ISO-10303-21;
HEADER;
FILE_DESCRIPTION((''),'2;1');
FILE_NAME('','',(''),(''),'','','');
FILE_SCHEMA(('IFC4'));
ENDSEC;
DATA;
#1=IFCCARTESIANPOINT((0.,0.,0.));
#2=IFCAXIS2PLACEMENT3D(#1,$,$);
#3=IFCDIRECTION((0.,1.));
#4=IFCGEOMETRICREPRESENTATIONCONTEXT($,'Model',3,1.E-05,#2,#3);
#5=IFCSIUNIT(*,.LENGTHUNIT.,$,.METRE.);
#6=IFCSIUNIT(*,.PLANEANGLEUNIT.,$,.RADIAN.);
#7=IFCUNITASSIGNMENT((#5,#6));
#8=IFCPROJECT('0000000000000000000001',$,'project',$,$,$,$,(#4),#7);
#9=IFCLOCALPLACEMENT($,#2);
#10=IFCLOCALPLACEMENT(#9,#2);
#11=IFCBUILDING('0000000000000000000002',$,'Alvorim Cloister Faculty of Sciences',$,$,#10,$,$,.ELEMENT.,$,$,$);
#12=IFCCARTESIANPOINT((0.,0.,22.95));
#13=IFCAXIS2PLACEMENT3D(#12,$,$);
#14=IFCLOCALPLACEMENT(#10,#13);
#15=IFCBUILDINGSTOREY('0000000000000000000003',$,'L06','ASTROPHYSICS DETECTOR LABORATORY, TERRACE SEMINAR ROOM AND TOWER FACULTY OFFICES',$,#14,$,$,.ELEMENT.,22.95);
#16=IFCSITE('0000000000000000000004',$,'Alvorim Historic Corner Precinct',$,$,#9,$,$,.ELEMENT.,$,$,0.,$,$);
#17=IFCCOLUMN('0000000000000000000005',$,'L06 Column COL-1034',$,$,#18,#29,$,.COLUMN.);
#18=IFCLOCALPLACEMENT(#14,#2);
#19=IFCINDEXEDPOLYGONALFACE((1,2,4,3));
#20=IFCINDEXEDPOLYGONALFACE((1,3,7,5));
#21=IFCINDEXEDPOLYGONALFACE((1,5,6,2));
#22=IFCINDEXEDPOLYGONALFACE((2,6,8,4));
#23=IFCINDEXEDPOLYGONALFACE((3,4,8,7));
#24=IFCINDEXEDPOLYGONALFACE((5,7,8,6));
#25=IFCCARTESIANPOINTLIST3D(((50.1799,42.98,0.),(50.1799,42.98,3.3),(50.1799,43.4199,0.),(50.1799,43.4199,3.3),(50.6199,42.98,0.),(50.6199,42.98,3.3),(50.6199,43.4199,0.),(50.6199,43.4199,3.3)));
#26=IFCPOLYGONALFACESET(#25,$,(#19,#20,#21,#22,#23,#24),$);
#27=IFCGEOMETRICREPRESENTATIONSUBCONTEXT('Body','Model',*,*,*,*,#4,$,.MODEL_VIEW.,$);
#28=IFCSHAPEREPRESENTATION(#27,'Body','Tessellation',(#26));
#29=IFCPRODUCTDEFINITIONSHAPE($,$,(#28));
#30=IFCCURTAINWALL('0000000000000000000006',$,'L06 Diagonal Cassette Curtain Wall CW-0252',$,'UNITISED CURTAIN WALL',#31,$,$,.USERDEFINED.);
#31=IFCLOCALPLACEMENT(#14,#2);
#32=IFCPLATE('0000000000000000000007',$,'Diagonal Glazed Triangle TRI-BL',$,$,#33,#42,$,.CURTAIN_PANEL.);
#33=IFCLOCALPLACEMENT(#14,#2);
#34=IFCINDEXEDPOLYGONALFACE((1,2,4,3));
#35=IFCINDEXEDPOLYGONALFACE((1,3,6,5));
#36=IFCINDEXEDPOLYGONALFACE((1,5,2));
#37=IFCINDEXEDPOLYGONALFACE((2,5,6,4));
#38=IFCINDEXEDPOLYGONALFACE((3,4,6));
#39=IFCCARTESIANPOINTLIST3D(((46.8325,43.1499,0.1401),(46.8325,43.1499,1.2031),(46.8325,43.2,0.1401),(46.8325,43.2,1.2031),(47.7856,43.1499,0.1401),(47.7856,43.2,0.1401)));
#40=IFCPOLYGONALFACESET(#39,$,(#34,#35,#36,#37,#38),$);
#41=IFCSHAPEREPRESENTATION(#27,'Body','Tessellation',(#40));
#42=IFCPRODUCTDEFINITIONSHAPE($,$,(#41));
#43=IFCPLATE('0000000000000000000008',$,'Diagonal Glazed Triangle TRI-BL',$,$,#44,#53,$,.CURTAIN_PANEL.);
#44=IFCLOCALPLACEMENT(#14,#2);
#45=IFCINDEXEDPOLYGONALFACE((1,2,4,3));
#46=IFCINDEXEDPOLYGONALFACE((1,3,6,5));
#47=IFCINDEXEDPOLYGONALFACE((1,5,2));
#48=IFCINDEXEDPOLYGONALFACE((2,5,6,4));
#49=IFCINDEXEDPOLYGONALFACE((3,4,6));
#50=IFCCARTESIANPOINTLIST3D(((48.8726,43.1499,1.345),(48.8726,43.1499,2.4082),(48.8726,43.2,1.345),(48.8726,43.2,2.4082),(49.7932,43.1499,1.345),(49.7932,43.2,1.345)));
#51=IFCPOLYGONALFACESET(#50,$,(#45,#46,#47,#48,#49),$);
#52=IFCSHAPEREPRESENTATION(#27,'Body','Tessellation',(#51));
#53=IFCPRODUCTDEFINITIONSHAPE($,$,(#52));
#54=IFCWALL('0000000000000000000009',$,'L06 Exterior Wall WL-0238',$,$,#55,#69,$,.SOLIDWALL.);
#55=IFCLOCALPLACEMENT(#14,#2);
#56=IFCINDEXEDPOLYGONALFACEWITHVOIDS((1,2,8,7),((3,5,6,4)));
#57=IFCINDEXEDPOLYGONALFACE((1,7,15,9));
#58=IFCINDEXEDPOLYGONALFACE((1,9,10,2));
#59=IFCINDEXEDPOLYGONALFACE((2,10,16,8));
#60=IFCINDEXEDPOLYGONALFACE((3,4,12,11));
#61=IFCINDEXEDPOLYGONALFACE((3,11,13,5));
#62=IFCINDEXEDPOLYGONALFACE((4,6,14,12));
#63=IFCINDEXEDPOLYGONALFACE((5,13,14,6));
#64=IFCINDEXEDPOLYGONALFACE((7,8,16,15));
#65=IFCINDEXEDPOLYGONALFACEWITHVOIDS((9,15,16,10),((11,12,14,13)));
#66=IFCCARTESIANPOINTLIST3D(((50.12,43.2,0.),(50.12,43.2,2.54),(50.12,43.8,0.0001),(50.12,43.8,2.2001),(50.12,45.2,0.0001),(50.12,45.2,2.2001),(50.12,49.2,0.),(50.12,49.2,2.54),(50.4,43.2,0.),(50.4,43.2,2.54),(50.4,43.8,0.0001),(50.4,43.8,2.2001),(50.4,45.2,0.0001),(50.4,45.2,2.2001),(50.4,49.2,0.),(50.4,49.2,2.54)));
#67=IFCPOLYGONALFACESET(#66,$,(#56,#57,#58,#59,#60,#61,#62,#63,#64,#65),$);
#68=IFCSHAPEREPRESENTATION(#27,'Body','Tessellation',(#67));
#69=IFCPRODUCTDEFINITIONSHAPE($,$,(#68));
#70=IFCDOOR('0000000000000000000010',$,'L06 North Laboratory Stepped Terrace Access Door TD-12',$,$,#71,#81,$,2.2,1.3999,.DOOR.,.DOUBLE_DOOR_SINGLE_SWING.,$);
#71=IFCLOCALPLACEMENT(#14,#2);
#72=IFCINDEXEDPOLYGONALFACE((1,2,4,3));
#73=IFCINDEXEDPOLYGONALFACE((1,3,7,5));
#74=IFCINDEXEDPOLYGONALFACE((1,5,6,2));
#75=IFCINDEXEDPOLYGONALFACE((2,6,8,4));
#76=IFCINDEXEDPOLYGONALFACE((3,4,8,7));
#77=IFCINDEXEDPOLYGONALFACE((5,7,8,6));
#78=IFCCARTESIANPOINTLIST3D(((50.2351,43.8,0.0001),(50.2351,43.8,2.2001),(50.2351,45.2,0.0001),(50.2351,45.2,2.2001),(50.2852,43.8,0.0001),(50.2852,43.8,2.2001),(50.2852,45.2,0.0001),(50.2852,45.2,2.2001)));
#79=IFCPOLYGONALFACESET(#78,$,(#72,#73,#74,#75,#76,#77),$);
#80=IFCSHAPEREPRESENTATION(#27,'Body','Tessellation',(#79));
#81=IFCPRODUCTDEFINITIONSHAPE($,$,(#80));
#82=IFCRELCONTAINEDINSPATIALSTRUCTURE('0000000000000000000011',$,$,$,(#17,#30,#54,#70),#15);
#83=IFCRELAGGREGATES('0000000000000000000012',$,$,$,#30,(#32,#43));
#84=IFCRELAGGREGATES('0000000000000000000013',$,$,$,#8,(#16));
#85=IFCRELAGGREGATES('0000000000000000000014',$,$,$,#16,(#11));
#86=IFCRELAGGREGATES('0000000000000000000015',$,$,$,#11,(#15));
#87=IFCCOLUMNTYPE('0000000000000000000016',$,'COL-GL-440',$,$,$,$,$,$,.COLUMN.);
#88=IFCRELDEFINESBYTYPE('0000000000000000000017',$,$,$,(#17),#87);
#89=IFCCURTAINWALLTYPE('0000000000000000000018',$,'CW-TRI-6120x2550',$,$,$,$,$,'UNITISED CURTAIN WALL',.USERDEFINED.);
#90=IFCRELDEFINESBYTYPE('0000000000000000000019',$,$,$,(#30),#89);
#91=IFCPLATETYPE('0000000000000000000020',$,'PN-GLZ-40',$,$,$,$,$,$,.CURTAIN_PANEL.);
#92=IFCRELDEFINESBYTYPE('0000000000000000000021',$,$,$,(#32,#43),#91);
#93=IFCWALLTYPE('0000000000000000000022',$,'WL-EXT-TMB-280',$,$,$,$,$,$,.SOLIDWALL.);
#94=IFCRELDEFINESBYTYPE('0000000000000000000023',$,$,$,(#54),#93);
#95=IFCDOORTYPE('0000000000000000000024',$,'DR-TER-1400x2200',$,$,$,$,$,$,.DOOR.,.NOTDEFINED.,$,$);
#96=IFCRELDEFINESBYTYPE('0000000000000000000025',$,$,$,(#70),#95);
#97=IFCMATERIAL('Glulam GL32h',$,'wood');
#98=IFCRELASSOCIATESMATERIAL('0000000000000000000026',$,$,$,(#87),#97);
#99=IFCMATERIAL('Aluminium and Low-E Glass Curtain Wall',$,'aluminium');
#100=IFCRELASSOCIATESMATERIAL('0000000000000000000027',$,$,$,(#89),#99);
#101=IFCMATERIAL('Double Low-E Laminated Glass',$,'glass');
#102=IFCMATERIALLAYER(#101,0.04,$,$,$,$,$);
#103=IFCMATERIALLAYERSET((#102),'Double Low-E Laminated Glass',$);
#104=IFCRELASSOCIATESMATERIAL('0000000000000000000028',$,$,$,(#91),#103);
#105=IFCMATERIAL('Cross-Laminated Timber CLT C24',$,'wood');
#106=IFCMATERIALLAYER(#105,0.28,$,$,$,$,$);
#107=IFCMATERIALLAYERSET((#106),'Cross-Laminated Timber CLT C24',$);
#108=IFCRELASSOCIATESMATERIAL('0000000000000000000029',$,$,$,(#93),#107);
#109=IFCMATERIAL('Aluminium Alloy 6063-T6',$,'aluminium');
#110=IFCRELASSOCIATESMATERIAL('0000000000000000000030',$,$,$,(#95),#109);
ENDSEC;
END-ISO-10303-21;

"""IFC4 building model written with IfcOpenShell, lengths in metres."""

from ifc_helpers import new_model, si_unit, direction, frame, frame_2d, origin, origin_2d, place, context, subcontext, project, spatial, polyline, rectangle, outline, extrude, material, layer, layer_set, material_profile, profile_set, type_object, element, fill, aggregate, save


model = new_model("IFC4")

# Units and contexts
model_context = context("Model", 3, precision=1e-05, world=origin(), true_north=direction((0.0, 1.0)))
body_context = subcontext(model_context, "Body", "Model", "MODEL_VIEW")
ifc_project = project(units=[si_unit("LENGTHUNIT", "METRE"), si_unit("PLANEANGLEUNIT", "RADIAN")], contexts=[model_context])

# Site, building, storey
site_placement = place(None, origin())
site = spatial("IfcSite", under=ifc_project, at=site_placement, Name="Alvorim Historic Corner Precinct", CompositionType="ELEMENT", RefElevation=0.0)
building_placement = place(site_placement, origin())
building = spatial("IfcBuilding", under=site, at=building_placement, Name="Alvorim Cloister Faculty of Sciences", CompositionType="ELEMENT")
storey_placement = place(building_placement, frame((0.0, 0.0, 22.95)))
storey = spatial("IfcBuildingStorey", under=building, at=storey_placement, Name="L06", Description="ASTROPHYSICS DETECTOR LABORATORY, TERRACE SEMINAR ROOM AND TOWER FACULTY OFFICES", CompositionType="ELEMENT", Elevation=22.95)

# Column
ifc_material_1 = material(Name="Glulam GL32h", Category="wood")
ifc_material_profile = material_profile(ifc_material_1, rectangle(XDim=0.4399, YDim=0.4399, at=origin_2d()), Name="GL32-COL-440x440")
ifc_profile_set = profile_set([ifc_material_profile], Name="Glulam GL32h")
column_type = type_object("IfcColumnType", Name="COL-GL-440", PredefinedType="COLUMN", material=ifc_profile_set)
column_placement = place(storey_placement, frame((50.3999, 43.2, 0.0), z_axis=(0.0, 0.0, 1.0), x_axis=(1.0, 0.0, 0.0)))
element("IfcColumn", 1, at=column_placement, inside=storey, type_object=column_type, Name="L06 Column COL-1034", PredefinedType="COLUMN", context=body_context, shape_type="SweptSolid", body=[
    extrude(rectangle(XDim=0.4399, YDim=0.4399, at=origin_2d()), origin(), (0.0, 0.0, 1.0), 3.3),
])

# Curtain wall, plates
ifc_material_2 = material(Name="Aluminium and Low-E Glass Curtain Wall", Category="aluminium")
curtain_wall_type = type_object("IfcCurtainWallType", Name="CW-TRI-6120x2550", ElementType="UNITISED CURTAIN WALL", PredefinedType="USERDEFINED", material=ifc_material_2)
curtain_wall_placement = place(storey_placement, origin())
curtain_wall = element("IfcCurtainWall", 2, at=curtain_wall_placement, inside=storey, type_object=curtain_wall_type, Name="L06 Diagonal Cassette Curtain Wall CW-0252", ObjectType="UNITISED CURTAIN WALL", PredefinedType="USERDEFINED")
ifc_material_3 = material(Name="Double Low-E Laminated Glass", Category="glass")
ifc_layer_1 = layer(ifc_material_3, 0.04)
ifc_layer_set_1 = layer_set([ifc_layer_1], Name="Double Low-E Laminated Glass")
plate_type = type_object("IfcPlateType", Name="PN-GLZ-40", PredefinedType="CURTAIN_PANEL", material=ifc_layer_set_1)
plate_1_placement = place(storey_placement, frame((46.8325, 43.175, 0.1401), z_axis=(0.0, 0.0, 1.0), x_axis=(1.0, 0.0, 0.0)))
plate_1 = element("IfcPlate", 3, at=plate_1_placement, type_object=plate_type, Name="Diagonal Glazed Triangle TRI-BL", PredefinedType="CURTAIN_PANEL", context=body_context, shape_type="SweptSolid", body=[
    extrude(outline(polyline([(0.0, 0.0), (0.9531, 0.0), (0.0, 1.063), (0.0, 0.0)])), frame((0.0, 0.0249, 0.0), z_axis=(0.0, -1.0, 0.0), x_axis=(1.0, 0.0, 0.0)), (0.0, 0.0, 1.0), 0.05),
])
plate_2_placement = place(storey_placement, frame((48.8726, 43.175, 1.345), z_axis=(0.0, 0.0, 1.0), x_axis=(1.0, 0.0, 0.0)))
plate_2 = element("IfcPlate", 4, at=plate_2_placement, type_object=plate_type, Name="Diagonal Glazed Triangle TRI-BL", PredefinedType="CURTAIN_PANEL", context=body_context, shape_type="SweptSolid", body=[
    extrude(outline(polyline([(0.0, 0.0), (0.9207, 0.0), (0.0, 1.0632), (0.0, 0.0)])), frame((0.0, 0.0249, 0.0), z_axis=(0.0, -1.0, 0.0), x_axis=(1.0, 0.0, 0.0)), (0.0, 0.0, 1.0), 0.05),
])
aggregate(curtain_wall, [plate_1, plate_2])

# Wall, opening, door
ifc_material_4 = material(Name="Cross-Laminated Timber CLT C24", Category="wood")
ifc_layer_2 = layer(ifc_material_4, 0.28)
ifc_layer_set_2 = layer_set([ifc_layer_2], Name="Cross-Laminated Timber CLT C24")
wall_type = type_object("IfcWallType", Name="WL-EXT-TMB-280", PredefinedType="SOLIDWALL", material=ifc_layer_set_2)
wall_placement = place(storey_placement, frame((50.26, 43.2, 0.0), z_axis=(0.0, 0.0, 1.0), x_axis=(0.0, 1.0, 0.0)))
wall = element("IfcWall", 5, at=wall_placement, inside=storey, type_object=wall_type, Name="L06 Exterior Wall WL-0238", PredefinedType="SOLIDWALL", context=body_context, shape_type="SweptSolid", body=[
    extrude(rectangle(XDim=6.0, YDim=0.28, at=frame_2d((3.0, 0.0))), origin(), (0.0, 0.0, 1.0), 2.54),
])
opening_placement = place(wall_placement, frame((0.6001, 0.0, 0.0)))
opening = element("IfcOpeningElement", 6, at=opening_placement, cuts=wall, PredefinedType="OPENING", context=body_context, shape_type="SweptSolid", body=[
    extrude(rectangle(XDim=1.3999, YDim=2.2, at=frame_2d((0.7, 1.1001))), frame((0.0, 0.1519, 0.0), z_axis=(0.0, -1.0, 0.0), x_axis=(1.0, 0.0, 0.0)), (0.0, 0.0, 1.0), 0.304),
])
ifc_material_5 = material(Name="Aluminium Alloy 6063-T6", Category="aluminium")
door_type = type_object("IfcDoorType", Name="DR-TER-1400x2200", OperationType="NOTDEFINED", PredefinedType="DOOR", material=ifc_material_5)
door_placement = place(opening_placement, origin())
door = element("IfcDoor", 7, at=door_placement, inside=storey, type_object=door_type, Name="L06 North Laboratory Stepped Terrace Access Door TD-12", OperationType="DOUBLE_DOOR_SINGLE_SWING", OverallHeight=2.2, OverallWidth=1.3999, PredefinedType="DOOR", context=body_context, shape_type="SweptSolid", body=[
    extrude(rectangle(XDim=1.3999, YDim=2.2, at=frame_2d((0.7, 1.1001))), frame((0.0, 0.0249, 0.0), z_axis=(0.0, -1.0, 0.0), x_axis=(1.0, 0.0, 0.0)), (0.0, 0.0, 1.0), 0.05),
])
fill(opening, door)

save(model, "model.ifc")
